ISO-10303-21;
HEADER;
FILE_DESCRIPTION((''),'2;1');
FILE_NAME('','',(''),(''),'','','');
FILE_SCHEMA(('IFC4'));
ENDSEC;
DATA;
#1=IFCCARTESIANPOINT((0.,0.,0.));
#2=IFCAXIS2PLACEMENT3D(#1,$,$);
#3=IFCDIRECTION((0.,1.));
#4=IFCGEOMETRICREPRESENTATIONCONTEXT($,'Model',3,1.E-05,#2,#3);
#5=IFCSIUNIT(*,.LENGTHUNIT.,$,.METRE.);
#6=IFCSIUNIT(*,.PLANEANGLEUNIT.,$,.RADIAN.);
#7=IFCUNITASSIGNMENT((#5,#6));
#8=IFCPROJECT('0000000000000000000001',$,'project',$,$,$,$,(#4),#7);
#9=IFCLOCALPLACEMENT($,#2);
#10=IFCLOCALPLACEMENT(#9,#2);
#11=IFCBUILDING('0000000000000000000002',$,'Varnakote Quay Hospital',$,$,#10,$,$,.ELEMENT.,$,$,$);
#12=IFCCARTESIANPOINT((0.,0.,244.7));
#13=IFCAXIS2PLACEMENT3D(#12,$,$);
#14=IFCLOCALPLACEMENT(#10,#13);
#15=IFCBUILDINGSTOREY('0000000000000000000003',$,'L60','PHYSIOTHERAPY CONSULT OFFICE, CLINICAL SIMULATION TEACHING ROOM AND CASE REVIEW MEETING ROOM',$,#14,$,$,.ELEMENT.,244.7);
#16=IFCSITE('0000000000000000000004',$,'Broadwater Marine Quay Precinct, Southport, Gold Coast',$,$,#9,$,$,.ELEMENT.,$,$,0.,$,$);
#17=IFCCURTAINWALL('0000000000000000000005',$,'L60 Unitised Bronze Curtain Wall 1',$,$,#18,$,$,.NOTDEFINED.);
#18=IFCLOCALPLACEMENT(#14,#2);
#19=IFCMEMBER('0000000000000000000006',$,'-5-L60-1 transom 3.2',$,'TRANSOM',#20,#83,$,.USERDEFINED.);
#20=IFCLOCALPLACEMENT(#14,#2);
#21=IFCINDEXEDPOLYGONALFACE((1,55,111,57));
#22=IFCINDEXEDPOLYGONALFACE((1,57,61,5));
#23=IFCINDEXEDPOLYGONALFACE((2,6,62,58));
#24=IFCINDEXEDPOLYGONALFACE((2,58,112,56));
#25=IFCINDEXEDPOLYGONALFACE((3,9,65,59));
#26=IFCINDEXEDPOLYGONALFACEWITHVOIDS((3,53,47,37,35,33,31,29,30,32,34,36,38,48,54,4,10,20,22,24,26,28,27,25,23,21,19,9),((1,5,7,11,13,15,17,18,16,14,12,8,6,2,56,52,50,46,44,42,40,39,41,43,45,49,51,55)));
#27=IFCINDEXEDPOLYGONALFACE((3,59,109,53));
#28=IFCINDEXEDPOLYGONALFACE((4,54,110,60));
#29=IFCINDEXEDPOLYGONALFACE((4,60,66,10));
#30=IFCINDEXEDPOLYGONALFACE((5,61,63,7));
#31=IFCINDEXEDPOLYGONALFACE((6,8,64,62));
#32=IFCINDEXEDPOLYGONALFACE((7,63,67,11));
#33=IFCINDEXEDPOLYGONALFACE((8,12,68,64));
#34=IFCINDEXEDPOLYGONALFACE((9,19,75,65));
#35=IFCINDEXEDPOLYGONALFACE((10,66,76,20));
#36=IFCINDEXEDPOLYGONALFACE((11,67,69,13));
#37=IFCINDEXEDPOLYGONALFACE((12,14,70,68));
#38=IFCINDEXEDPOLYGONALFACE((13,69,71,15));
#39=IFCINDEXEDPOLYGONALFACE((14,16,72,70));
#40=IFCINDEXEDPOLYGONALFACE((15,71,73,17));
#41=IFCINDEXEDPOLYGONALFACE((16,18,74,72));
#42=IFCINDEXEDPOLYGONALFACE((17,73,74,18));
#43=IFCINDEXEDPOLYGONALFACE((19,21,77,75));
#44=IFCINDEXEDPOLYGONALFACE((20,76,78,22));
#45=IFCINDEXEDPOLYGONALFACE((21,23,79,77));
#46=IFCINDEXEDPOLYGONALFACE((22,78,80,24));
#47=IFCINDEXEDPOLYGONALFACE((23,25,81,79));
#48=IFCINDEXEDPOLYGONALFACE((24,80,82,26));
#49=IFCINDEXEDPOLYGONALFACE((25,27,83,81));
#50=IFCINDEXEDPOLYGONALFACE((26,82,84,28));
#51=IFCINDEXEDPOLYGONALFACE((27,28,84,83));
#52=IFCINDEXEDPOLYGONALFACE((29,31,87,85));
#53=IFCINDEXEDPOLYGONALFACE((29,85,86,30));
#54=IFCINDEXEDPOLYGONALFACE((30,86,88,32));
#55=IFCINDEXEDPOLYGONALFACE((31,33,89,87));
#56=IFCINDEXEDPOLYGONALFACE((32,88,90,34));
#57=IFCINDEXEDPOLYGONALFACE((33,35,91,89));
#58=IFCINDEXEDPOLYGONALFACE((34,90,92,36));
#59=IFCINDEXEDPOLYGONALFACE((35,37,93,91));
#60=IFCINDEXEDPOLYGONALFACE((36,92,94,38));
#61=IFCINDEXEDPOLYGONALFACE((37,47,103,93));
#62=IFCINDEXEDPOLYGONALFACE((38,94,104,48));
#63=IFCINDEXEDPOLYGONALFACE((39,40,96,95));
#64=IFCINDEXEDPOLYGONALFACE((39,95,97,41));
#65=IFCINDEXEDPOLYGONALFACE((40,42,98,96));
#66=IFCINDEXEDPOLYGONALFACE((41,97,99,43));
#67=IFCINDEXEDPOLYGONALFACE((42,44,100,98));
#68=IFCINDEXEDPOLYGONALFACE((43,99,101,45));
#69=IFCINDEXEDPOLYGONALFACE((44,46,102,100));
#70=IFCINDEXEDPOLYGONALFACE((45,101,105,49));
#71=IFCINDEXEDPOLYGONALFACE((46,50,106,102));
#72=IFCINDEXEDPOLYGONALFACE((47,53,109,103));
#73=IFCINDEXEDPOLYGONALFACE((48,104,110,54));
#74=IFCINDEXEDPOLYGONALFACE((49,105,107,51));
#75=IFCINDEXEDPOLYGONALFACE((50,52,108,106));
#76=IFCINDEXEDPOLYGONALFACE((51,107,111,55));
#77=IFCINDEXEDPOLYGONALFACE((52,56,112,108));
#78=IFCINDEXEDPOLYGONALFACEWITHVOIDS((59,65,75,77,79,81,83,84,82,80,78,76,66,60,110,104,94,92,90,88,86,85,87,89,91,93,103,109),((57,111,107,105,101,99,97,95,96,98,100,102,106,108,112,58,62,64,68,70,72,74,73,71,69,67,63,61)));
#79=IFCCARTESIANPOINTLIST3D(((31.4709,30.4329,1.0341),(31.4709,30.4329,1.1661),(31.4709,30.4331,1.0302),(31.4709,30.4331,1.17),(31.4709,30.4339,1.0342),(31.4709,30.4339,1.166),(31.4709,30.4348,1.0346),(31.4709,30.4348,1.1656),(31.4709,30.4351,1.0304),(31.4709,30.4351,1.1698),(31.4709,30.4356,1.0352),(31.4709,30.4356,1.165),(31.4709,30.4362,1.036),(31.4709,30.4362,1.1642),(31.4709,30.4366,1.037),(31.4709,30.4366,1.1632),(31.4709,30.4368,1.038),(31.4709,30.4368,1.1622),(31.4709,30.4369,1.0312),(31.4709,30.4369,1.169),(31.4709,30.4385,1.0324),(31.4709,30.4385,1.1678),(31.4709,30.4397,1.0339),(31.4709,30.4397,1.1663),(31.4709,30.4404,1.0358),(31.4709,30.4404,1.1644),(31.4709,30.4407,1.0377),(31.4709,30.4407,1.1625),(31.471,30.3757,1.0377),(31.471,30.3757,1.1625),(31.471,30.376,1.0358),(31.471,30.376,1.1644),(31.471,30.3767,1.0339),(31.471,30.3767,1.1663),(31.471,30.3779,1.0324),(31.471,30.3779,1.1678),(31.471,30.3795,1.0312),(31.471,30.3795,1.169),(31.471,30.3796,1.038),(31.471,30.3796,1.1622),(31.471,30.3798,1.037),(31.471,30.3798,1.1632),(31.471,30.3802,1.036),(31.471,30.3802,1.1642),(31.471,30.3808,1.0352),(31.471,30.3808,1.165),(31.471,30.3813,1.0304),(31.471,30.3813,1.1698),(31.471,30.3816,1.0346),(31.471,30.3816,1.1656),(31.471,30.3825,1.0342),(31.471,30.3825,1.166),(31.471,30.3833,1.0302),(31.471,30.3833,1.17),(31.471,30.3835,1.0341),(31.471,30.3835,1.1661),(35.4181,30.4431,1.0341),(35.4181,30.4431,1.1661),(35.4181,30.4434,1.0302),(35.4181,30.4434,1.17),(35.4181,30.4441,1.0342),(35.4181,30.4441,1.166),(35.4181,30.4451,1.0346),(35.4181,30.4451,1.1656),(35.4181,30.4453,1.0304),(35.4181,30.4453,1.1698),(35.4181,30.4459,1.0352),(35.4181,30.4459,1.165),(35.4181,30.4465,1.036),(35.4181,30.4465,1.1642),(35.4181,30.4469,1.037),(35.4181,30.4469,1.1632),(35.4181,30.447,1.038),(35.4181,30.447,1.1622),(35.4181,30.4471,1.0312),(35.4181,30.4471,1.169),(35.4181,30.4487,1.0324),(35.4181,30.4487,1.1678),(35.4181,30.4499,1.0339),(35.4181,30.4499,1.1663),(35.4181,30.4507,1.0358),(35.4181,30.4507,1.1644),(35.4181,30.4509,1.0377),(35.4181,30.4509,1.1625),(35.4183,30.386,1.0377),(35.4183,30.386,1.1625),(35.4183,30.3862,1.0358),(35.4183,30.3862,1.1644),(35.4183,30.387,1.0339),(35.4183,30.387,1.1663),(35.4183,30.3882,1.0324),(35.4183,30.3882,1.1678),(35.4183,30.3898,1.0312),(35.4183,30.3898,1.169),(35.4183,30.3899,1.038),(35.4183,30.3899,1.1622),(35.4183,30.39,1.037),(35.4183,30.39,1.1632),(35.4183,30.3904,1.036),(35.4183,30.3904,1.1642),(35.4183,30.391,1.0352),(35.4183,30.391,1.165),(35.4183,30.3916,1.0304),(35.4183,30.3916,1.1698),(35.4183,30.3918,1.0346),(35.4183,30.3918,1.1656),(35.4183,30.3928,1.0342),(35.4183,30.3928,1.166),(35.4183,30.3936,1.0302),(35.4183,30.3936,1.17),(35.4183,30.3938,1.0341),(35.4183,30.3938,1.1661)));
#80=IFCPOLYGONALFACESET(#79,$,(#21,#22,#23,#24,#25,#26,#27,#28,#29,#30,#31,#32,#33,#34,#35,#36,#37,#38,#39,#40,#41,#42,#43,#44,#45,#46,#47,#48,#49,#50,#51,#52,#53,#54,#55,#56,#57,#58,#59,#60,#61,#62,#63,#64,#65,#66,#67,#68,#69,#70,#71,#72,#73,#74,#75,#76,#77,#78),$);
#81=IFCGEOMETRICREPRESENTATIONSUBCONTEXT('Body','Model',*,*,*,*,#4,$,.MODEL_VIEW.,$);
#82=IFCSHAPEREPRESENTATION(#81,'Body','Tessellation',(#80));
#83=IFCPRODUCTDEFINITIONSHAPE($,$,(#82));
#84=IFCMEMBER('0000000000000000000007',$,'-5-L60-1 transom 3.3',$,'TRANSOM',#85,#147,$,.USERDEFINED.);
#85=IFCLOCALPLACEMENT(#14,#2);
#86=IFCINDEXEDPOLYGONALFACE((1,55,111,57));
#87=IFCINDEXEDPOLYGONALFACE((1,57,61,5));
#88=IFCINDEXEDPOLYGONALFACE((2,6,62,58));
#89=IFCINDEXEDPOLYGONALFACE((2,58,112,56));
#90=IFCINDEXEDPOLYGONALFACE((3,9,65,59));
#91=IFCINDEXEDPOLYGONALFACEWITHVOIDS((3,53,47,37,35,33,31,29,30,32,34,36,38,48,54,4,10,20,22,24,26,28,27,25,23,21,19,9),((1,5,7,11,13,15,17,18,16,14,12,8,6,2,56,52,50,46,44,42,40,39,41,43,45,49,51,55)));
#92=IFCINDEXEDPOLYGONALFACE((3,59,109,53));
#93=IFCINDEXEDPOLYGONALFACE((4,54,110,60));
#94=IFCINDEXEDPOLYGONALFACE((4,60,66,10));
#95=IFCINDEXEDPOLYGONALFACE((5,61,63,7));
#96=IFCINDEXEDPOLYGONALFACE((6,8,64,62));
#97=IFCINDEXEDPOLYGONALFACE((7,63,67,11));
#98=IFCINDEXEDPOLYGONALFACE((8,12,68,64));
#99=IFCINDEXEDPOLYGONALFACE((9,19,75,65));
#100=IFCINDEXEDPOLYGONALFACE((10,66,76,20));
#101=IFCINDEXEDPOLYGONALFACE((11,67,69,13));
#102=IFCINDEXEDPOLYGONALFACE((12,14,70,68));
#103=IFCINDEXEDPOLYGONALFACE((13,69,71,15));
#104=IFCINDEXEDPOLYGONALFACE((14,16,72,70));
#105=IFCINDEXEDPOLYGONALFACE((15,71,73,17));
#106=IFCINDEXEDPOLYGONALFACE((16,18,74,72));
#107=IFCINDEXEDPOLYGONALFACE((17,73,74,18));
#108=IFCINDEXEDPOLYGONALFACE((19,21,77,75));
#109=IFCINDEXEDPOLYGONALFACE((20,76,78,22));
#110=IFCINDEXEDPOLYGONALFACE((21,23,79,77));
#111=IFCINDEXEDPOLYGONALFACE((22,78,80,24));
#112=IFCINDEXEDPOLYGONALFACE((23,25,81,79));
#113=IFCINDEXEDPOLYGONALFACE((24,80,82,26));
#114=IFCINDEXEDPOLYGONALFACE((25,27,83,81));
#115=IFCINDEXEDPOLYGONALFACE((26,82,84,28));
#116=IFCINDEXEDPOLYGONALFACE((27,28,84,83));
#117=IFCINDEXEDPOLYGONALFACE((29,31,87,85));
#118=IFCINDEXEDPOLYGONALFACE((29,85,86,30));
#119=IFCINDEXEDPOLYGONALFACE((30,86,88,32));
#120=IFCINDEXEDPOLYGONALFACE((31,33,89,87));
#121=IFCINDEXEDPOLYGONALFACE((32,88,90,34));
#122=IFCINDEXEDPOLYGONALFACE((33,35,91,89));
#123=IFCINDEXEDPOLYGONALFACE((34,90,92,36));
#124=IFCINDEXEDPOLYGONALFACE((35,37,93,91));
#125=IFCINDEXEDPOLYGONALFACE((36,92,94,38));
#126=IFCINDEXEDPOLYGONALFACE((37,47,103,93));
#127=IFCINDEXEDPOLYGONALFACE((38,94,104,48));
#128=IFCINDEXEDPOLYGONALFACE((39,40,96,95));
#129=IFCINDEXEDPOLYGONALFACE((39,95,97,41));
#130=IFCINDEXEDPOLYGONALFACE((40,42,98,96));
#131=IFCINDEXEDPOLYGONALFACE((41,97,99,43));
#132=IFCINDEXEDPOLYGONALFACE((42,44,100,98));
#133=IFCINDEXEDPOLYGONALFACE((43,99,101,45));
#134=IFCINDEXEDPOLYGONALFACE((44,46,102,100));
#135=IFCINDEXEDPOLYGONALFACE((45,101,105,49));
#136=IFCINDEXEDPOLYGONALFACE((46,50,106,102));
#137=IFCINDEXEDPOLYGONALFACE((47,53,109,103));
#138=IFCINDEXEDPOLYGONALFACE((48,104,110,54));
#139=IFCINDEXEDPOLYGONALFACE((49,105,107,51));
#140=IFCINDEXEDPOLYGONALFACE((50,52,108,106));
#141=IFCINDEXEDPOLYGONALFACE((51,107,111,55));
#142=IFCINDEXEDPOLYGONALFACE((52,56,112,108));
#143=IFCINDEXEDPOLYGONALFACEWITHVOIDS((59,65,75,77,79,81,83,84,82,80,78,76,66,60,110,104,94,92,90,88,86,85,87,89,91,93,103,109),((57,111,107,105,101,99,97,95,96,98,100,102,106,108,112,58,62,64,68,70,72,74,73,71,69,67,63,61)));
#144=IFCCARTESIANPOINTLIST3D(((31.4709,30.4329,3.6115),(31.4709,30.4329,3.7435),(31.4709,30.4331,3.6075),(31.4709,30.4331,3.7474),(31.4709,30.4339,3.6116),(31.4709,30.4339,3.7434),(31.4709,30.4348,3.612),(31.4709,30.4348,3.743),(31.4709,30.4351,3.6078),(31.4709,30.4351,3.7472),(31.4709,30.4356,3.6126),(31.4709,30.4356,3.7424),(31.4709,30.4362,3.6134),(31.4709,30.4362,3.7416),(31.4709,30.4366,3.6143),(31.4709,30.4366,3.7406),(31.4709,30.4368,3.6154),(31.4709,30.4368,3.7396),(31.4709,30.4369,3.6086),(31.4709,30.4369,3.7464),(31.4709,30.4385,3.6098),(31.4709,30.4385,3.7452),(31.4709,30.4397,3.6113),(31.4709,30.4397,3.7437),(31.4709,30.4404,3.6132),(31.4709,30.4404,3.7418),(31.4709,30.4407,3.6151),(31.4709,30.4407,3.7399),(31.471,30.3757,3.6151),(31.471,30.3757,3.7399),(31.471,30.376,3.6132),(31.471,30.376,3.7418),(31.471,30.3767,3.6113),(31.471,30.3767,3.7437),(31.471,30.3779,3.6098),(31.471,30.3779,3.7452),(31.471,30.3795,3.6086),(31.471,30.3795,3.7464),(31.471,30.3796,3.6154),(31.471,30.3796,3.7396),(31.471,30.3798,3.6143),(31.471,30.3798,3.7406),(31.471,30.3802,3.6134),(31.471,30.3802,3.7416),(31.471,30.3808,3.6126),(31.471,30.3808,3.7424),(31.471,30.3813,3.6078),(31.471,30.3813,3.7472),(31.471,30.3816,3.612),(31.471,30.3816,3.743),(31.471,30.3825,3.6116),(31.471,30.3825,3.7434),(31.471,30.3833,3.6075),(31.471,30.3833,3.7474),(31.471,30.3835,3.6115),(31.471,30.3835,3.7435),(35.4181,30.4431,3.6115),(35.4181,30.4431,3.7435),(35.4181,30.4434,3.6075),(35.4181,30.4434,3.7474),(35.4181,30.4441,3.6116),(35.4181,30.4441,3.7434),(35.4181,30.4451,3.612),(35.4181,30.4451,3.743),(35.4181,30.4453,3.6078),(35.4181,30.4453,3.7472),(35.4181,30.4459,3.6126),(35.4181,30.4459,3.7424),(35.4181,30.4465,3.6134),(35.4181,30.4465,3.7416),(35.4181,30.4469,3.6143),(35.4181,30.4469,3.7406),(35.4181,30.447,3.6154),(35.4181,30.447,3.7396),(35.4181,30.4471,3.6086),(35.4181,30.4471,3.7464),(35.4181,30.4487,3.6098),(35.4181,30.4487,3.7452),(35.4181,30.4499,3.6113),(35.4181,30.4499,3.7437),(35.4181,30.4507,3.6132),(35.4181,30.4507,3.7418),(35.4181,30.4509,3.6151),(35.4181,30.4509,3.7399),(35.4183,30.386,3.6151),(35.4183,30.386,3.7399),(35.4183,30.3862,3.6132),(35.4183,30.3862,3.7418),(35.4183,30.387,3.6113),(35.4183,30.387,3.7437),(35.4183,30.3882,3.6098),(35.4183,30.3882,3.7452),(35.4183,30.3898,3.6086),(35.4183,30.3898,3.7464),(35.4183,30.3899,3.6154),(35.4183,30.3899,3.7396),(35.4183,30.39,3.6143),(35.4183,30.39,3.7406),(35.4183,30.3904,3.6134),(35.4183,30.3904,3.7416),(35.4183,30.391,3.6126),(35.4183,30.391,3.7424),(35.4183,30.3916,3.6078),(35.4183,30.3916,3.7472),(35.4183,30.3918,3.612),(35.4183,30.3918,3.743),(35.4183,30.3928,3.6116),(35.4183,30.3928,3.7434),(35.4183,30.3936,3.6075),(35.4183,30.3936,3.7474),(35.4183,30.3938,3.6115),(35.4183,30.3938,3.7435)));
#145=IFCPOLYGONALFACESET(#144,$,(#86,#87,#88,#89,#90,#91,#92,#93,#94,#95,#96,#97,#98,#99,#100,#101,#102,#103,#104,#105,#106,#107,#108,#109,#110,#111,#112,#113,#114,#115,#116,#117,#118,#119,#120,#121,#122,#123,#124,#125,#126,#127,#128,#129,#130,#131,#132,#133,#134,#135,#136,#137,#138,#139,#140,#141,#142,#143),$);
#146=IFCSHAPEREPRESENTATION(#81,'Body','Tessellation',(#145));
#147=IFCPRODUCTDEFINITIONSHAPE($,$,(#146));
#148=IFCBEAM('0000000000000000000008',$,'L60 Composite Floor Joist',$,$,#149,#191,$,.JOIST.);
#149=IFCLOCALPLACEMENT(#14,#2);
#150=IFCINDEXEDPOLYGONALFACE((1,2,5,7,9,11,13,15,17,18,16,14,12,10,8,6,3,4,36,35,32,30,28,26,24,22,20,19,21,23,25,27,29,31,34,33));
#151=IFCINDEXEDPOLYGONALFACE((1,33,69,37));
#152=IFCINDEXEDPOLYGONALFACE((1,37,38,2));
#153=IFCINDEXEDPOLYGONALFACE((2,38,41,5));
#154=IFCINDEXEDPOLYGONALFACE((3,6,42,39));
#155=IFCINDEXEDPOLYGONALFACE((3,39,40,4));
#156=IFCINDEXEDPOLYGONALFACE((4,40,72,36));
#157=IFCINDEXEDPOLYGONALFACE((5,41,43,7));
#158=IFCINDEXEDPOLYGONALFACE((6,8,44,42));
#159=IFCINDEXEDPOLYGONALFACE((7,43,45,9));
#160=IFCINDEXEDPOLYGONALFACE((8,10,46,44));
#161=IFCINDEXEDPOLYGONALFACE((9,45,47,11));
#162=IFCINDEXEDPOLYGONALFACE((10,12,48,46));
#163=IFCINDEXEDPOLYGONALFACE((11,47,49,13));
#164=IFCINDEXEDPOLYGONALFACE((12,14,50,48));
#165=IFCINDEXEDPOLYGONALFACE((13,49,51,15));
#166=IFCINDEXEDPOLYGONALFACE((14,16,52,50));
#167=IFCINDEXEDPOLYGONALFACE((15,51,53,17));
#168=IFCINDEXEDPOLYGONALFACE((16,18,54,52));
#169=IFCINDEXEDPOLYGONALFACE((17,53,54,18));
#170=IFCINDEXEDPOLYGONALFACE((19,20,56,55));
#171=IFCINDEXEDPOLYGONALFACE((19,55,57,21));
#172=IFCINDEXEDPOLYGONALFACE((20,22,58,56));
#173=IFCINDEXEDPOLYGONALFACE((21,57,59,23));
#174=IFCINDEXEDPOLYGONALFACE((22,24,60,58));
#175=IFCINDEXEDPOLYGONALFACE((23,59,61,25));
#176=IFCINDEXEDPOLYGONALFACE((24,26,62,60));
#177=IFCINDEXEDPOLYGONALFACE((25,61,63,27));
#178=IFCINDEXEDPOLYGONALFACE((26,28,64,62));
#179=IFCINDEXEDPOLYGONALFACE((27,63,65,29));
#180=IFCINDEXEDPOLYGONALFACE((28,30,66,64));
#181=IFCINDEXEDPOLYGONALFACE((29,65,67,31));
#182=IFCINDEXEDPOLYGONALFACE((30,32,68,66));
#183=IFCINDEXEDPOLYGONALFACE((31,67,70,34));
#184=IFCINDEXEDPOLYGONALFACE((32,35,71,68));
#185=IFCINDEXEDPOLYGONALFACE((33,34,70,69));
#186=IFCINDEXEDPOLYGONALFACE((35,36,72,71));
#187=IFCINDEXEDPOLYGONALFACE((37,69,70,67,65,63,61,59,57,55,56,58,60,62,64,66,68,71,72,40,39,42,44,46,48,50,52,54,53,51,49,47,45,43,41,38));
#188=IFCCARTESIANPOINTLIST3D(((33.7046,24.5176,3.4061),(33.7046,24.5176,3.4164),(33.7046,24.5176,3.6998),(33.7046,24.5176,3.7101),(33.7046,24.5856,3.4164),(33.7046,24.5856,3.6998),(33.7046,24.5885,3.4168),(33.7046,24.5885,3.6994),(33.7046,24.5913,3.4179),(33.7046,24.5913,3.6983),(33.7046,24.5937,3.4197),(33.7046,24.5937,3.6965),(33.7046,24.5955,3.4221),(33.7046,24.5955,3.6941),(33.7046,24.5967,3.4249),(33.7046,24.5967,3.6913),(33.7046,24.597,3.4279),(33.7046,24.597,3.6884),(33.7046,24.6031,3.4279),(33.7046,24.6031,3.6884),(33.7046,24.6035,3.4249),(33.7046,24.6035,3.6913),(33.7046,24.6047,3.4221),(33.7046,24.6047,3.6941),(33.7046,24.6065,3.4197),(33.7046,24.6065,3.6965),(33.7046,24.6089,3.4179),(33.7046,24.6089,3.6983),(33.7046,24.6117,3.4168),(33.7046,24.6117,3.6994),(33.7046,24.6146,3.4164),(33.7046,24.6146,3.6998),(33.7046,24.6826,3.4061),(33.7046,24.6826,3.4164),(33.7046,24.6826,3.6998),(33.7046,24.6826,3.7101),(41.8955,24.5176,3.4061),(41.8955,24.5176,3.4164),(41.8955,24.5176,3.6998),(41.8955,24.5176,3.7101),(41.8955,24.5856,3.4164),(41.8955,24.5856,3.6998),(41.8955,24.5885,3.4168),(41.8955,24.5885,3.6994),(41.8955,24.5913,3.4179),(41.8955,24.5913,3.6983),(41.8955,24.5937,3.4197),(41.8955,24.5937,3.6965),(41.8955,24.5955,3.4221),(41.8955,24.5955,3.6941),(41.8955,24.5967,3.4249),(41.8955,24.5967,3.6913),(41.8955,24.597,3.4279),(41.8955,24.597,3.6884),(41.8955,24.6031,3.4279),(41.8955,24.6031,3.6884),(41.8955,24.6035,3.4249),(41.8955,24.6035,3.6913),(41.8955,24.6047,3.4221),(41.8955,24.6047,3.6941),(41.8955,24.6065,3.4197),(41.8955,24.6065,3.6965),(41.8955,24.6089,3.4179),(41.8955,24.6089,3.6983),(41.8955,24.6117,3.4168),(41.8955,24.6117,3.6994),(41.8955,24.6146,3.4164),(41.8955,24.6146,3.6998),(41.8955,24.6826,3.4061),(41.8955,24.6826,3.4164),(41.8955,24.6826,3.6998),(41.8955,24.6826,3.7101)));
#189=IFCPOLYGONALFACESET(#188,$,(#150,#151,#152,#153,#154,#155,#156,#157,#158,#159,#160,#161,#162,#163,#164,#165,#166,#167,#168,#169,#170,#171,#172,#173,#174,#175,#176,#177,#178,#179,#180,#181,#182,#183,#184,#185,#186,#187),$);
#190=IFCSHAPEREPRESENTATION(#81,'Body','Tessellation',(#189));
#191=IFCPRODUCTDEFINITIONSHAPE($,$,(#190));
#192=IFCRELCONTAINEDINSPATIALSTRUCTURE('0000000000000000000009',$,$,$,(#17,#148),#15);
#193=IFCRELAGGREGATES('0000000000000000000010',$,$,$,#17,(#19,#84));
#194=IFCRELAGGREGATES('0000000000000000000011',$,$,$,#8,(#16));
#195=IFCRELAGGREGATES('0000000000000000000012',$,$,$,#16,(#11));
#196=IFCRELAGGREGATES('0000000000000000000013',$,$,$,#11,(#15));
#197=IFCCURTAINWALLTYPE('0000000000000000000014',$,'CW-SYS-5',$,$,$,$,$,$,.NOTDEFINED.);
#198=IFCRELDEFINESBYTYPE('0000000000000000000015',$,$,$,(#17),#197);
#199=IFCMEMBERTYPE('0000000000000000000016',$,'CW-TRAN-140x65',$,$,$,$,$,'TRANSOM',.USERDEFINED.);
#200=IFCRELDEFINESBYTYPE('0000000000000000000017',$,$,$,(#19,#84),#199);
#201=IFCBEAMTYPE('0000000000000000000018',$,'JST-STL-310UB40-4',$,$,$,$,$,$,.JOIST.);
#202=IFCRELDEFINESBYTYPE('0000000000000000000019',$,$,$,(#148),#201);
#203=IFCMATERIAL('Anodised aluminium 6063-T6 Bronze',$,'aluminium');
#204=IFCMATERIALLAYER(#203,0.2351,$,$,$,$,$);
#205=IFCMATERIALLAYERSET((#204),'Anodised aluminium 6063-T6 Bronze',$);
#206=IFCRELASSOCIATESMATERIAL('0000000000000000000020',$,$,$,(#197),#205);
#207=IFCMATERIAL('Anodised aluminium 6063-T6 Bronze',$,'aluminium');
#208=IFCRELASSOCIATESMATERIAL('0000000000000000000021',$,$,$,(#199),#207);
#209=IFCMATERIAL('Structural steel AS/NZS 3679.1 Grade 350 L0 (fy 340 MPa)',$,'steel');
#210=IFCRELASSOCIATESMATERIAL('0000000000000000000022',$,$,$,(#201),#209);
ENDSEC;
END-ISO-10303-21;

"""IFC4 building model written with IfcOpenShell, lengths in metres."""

from ifc_helpers import new_model, si_unit, direction, frame, origin, origin_2d, place, context, subcontext, project, spatial, hollow_rectangle, i_section, extrude, material, layer, layer_set, material_profile, profile_set, type_object, element, aggregate, save


model = new_model("IFC4")

# Units and contexts
model_context = context("Model", 3, precision=1e-05, world=origin(), true_north=direction((0.0, 1.0)))
body_context = subcontext(model_context, "Body", "Model", "MODEL_VIEW")
ifc_project = project(units=[si_unit("LENGTHUNIT", "METRE"), si_unit("PLANEANGLEUNIT", "RADIAN")], contexts=[model_context])

# Site, building, storey
site_placement = place(None, origin())
site = spatial("IfcSite", under=ifc_project, at=site_placement, Name="Broadwater Marine Quay Precinct, Southport, Gold Coast", CompositionType="ELEMENT", RefElevation=0.0)
building_placement = place(site_placement, origin())
building = spatial("IfcBuilding", under=site, at=building_placement, Name="Varnakote Quay Hospital", CompositionType="ELEMENT")
storey_placement = place(building_placement, frame((0.0, 0.0, 244.7)))
storey = spatial("IfcBuildingStorey", under=building, at=storey_placement, Name="L60", Description="PHYSIOTHERAPY CONSULT OFFICE, CLINICAL SIMULATION TEACHING ROOM AND CASE REVIEW MEETING ROOM", CompositionType="ELEMENT", Elevation=244.7)

# Curtain wall, members
ifc_material_1 = material(Name="Anodised aluminium 6063-T6 Bronze", Category="aluminium")
ifc_layer_1 = layer(ifc_material_1, 0.2351)
ifc_layer_set_1 = layer_set([ifc_layer_1], Name="Anodised aluminium 6063-T6 Bronze")
curtain_wall_type = type_object("IfcCurtainWallType", Name="CW-SYS-5", PredefinedType="NOTDEFINED", material=ifc_layer_set_1)
curtain_wall_placement = place(storey_placement, origin())
curtain_wall = element("IfcCurtainWall", 1, at=curtain_wall_placement, inside=storey, type_object=curtain_wall_type, Name="L60 Unitised Bronze Curtain Wall 1", PredefinedType="NOTDEFINED")
ifc_material_2 = material(Name="Anodised aluminium 6063-T6 Bronze", Category="aluminium")
ifc_material_profile_1 = material_profile(ifc_material_2, hollow_rectangle(XDim=0.0649, YDim=0.1399, WallThickness=0.0039, InnerFilletRadius=0.0039, OuterFilletRadius=0.0076, at=origin_2d()), Name="CW-TRAN-140x65")
ifc_profile_set_1 = profile_set([ifc_material_profile_1], Name="Anodised aluminium 6063-T6 Bronze")
member_type_1 = type_object("IfcMemberType", Name="CW-TRAN-140x65", ElementType="TRANSOM", PredefinedType="USERDEFINED", material=ifc_profile_set_1)
member_1_placement = place(storey_placement, frame((35.4182, 30.4185, 1.1001), z_axis=(-0.999997, -0.002598, 0.0), x_axis=(0.002598, -0.999997, 0.0)))
member_1 = element("IfcMember", 2, at=member_1_placement, type_object=member_type_1, Name="-5-L60-1 transom 3.2", ObjectType="TRANSOM", PredefinedType="USERDEFINED", context=body_context, shape_type="SweptSolid", body=[
    extrude(hollow_rectangle(XDim=0.0649, YDim=0.1399, WallThickness=0.0039, InnerFilletRadius=0.0039, OuterFilletRadius=0.0076, at=origin_2d()), origin(), (0.0, 0.0, 1.0), 3.9473),
])
member_2_placement = place(storey_placement, frame((35.4182, 30.4185, 3.6775), z_axis=(-0.999997, -0.002598, 0.0), x_axis=(0.002598, -0.999997, 0.0)))
member_2 = element("IfcMember", 3, at=member_2_placement, type_object=member_type_1, Name="-5-L60-1 transom 3.3", ObjectType="TRANSOM", PredefinedType="USERDEFINED", context=body_context, shape_type="SweptSolid", body=[
    extrude(hollow_rectangle(XDim=0.0649, YDim=0.1399, WallThickness=0.0039, InnerFilletRadius=0.0039, OuterFilletRadius=0.0076, at=origin_2d()), origin(), (0.0, 0.0, 1.0), 3.9473),
])

# Beam
ifc_material_3 = material(Name="Structural steel AS/NZS 3679.1 Grade 350 L0 (fy 340 MPa)", Category="steel")
ifc_material_profile_2 = material_profile(ifc_material_3, i_section(OverallWidth=0.165, OverallDepth=0.304, WebThickness=0.0061, FlangeThickness=0.0103, FilletRadius=0.0115, at=origin_2d()), Name="310UB40.4")
ifc_profile_set_2 = profile_set([ifc_material_profile_2], Name="Structural steel AS/NZS 3679.1 Grade 350 L0 (fy 340 MPa)")
beam_type_1 = type_object("IfcBeamType", Name="JST-STL-310UB40-4", PredefinedType="JOIST", material=ifc_profile_set_2)
beam_1_placement = place(storey_placement, frame((33.7046, 24.6001, 3.5581), z_axis=(1.0, 0.0, 0.0), x_axis=(0.0, 1.0, 0.0)))
element("IfcBeam", 4, at=beam_1_placement, inside=storey, type_object=beam_type_1, Name="L60 Composite Floor Joist", PredefinedType="JOIST", context=body_context, shape_type="SweptSolid", body=[
    extrude(i_section(OverallWidth=0.165, OverallDepth=0.304, WebThickness=0.0061, FlangeThickness=0.0103, FilletRadius=0.0115, at=origin_2d()), origin(), (0.0, 0.0, 1.0), 8.1909),
])

aggregate(curtain_wall, [member_1, member_2])

save(model, "model.ifc")
